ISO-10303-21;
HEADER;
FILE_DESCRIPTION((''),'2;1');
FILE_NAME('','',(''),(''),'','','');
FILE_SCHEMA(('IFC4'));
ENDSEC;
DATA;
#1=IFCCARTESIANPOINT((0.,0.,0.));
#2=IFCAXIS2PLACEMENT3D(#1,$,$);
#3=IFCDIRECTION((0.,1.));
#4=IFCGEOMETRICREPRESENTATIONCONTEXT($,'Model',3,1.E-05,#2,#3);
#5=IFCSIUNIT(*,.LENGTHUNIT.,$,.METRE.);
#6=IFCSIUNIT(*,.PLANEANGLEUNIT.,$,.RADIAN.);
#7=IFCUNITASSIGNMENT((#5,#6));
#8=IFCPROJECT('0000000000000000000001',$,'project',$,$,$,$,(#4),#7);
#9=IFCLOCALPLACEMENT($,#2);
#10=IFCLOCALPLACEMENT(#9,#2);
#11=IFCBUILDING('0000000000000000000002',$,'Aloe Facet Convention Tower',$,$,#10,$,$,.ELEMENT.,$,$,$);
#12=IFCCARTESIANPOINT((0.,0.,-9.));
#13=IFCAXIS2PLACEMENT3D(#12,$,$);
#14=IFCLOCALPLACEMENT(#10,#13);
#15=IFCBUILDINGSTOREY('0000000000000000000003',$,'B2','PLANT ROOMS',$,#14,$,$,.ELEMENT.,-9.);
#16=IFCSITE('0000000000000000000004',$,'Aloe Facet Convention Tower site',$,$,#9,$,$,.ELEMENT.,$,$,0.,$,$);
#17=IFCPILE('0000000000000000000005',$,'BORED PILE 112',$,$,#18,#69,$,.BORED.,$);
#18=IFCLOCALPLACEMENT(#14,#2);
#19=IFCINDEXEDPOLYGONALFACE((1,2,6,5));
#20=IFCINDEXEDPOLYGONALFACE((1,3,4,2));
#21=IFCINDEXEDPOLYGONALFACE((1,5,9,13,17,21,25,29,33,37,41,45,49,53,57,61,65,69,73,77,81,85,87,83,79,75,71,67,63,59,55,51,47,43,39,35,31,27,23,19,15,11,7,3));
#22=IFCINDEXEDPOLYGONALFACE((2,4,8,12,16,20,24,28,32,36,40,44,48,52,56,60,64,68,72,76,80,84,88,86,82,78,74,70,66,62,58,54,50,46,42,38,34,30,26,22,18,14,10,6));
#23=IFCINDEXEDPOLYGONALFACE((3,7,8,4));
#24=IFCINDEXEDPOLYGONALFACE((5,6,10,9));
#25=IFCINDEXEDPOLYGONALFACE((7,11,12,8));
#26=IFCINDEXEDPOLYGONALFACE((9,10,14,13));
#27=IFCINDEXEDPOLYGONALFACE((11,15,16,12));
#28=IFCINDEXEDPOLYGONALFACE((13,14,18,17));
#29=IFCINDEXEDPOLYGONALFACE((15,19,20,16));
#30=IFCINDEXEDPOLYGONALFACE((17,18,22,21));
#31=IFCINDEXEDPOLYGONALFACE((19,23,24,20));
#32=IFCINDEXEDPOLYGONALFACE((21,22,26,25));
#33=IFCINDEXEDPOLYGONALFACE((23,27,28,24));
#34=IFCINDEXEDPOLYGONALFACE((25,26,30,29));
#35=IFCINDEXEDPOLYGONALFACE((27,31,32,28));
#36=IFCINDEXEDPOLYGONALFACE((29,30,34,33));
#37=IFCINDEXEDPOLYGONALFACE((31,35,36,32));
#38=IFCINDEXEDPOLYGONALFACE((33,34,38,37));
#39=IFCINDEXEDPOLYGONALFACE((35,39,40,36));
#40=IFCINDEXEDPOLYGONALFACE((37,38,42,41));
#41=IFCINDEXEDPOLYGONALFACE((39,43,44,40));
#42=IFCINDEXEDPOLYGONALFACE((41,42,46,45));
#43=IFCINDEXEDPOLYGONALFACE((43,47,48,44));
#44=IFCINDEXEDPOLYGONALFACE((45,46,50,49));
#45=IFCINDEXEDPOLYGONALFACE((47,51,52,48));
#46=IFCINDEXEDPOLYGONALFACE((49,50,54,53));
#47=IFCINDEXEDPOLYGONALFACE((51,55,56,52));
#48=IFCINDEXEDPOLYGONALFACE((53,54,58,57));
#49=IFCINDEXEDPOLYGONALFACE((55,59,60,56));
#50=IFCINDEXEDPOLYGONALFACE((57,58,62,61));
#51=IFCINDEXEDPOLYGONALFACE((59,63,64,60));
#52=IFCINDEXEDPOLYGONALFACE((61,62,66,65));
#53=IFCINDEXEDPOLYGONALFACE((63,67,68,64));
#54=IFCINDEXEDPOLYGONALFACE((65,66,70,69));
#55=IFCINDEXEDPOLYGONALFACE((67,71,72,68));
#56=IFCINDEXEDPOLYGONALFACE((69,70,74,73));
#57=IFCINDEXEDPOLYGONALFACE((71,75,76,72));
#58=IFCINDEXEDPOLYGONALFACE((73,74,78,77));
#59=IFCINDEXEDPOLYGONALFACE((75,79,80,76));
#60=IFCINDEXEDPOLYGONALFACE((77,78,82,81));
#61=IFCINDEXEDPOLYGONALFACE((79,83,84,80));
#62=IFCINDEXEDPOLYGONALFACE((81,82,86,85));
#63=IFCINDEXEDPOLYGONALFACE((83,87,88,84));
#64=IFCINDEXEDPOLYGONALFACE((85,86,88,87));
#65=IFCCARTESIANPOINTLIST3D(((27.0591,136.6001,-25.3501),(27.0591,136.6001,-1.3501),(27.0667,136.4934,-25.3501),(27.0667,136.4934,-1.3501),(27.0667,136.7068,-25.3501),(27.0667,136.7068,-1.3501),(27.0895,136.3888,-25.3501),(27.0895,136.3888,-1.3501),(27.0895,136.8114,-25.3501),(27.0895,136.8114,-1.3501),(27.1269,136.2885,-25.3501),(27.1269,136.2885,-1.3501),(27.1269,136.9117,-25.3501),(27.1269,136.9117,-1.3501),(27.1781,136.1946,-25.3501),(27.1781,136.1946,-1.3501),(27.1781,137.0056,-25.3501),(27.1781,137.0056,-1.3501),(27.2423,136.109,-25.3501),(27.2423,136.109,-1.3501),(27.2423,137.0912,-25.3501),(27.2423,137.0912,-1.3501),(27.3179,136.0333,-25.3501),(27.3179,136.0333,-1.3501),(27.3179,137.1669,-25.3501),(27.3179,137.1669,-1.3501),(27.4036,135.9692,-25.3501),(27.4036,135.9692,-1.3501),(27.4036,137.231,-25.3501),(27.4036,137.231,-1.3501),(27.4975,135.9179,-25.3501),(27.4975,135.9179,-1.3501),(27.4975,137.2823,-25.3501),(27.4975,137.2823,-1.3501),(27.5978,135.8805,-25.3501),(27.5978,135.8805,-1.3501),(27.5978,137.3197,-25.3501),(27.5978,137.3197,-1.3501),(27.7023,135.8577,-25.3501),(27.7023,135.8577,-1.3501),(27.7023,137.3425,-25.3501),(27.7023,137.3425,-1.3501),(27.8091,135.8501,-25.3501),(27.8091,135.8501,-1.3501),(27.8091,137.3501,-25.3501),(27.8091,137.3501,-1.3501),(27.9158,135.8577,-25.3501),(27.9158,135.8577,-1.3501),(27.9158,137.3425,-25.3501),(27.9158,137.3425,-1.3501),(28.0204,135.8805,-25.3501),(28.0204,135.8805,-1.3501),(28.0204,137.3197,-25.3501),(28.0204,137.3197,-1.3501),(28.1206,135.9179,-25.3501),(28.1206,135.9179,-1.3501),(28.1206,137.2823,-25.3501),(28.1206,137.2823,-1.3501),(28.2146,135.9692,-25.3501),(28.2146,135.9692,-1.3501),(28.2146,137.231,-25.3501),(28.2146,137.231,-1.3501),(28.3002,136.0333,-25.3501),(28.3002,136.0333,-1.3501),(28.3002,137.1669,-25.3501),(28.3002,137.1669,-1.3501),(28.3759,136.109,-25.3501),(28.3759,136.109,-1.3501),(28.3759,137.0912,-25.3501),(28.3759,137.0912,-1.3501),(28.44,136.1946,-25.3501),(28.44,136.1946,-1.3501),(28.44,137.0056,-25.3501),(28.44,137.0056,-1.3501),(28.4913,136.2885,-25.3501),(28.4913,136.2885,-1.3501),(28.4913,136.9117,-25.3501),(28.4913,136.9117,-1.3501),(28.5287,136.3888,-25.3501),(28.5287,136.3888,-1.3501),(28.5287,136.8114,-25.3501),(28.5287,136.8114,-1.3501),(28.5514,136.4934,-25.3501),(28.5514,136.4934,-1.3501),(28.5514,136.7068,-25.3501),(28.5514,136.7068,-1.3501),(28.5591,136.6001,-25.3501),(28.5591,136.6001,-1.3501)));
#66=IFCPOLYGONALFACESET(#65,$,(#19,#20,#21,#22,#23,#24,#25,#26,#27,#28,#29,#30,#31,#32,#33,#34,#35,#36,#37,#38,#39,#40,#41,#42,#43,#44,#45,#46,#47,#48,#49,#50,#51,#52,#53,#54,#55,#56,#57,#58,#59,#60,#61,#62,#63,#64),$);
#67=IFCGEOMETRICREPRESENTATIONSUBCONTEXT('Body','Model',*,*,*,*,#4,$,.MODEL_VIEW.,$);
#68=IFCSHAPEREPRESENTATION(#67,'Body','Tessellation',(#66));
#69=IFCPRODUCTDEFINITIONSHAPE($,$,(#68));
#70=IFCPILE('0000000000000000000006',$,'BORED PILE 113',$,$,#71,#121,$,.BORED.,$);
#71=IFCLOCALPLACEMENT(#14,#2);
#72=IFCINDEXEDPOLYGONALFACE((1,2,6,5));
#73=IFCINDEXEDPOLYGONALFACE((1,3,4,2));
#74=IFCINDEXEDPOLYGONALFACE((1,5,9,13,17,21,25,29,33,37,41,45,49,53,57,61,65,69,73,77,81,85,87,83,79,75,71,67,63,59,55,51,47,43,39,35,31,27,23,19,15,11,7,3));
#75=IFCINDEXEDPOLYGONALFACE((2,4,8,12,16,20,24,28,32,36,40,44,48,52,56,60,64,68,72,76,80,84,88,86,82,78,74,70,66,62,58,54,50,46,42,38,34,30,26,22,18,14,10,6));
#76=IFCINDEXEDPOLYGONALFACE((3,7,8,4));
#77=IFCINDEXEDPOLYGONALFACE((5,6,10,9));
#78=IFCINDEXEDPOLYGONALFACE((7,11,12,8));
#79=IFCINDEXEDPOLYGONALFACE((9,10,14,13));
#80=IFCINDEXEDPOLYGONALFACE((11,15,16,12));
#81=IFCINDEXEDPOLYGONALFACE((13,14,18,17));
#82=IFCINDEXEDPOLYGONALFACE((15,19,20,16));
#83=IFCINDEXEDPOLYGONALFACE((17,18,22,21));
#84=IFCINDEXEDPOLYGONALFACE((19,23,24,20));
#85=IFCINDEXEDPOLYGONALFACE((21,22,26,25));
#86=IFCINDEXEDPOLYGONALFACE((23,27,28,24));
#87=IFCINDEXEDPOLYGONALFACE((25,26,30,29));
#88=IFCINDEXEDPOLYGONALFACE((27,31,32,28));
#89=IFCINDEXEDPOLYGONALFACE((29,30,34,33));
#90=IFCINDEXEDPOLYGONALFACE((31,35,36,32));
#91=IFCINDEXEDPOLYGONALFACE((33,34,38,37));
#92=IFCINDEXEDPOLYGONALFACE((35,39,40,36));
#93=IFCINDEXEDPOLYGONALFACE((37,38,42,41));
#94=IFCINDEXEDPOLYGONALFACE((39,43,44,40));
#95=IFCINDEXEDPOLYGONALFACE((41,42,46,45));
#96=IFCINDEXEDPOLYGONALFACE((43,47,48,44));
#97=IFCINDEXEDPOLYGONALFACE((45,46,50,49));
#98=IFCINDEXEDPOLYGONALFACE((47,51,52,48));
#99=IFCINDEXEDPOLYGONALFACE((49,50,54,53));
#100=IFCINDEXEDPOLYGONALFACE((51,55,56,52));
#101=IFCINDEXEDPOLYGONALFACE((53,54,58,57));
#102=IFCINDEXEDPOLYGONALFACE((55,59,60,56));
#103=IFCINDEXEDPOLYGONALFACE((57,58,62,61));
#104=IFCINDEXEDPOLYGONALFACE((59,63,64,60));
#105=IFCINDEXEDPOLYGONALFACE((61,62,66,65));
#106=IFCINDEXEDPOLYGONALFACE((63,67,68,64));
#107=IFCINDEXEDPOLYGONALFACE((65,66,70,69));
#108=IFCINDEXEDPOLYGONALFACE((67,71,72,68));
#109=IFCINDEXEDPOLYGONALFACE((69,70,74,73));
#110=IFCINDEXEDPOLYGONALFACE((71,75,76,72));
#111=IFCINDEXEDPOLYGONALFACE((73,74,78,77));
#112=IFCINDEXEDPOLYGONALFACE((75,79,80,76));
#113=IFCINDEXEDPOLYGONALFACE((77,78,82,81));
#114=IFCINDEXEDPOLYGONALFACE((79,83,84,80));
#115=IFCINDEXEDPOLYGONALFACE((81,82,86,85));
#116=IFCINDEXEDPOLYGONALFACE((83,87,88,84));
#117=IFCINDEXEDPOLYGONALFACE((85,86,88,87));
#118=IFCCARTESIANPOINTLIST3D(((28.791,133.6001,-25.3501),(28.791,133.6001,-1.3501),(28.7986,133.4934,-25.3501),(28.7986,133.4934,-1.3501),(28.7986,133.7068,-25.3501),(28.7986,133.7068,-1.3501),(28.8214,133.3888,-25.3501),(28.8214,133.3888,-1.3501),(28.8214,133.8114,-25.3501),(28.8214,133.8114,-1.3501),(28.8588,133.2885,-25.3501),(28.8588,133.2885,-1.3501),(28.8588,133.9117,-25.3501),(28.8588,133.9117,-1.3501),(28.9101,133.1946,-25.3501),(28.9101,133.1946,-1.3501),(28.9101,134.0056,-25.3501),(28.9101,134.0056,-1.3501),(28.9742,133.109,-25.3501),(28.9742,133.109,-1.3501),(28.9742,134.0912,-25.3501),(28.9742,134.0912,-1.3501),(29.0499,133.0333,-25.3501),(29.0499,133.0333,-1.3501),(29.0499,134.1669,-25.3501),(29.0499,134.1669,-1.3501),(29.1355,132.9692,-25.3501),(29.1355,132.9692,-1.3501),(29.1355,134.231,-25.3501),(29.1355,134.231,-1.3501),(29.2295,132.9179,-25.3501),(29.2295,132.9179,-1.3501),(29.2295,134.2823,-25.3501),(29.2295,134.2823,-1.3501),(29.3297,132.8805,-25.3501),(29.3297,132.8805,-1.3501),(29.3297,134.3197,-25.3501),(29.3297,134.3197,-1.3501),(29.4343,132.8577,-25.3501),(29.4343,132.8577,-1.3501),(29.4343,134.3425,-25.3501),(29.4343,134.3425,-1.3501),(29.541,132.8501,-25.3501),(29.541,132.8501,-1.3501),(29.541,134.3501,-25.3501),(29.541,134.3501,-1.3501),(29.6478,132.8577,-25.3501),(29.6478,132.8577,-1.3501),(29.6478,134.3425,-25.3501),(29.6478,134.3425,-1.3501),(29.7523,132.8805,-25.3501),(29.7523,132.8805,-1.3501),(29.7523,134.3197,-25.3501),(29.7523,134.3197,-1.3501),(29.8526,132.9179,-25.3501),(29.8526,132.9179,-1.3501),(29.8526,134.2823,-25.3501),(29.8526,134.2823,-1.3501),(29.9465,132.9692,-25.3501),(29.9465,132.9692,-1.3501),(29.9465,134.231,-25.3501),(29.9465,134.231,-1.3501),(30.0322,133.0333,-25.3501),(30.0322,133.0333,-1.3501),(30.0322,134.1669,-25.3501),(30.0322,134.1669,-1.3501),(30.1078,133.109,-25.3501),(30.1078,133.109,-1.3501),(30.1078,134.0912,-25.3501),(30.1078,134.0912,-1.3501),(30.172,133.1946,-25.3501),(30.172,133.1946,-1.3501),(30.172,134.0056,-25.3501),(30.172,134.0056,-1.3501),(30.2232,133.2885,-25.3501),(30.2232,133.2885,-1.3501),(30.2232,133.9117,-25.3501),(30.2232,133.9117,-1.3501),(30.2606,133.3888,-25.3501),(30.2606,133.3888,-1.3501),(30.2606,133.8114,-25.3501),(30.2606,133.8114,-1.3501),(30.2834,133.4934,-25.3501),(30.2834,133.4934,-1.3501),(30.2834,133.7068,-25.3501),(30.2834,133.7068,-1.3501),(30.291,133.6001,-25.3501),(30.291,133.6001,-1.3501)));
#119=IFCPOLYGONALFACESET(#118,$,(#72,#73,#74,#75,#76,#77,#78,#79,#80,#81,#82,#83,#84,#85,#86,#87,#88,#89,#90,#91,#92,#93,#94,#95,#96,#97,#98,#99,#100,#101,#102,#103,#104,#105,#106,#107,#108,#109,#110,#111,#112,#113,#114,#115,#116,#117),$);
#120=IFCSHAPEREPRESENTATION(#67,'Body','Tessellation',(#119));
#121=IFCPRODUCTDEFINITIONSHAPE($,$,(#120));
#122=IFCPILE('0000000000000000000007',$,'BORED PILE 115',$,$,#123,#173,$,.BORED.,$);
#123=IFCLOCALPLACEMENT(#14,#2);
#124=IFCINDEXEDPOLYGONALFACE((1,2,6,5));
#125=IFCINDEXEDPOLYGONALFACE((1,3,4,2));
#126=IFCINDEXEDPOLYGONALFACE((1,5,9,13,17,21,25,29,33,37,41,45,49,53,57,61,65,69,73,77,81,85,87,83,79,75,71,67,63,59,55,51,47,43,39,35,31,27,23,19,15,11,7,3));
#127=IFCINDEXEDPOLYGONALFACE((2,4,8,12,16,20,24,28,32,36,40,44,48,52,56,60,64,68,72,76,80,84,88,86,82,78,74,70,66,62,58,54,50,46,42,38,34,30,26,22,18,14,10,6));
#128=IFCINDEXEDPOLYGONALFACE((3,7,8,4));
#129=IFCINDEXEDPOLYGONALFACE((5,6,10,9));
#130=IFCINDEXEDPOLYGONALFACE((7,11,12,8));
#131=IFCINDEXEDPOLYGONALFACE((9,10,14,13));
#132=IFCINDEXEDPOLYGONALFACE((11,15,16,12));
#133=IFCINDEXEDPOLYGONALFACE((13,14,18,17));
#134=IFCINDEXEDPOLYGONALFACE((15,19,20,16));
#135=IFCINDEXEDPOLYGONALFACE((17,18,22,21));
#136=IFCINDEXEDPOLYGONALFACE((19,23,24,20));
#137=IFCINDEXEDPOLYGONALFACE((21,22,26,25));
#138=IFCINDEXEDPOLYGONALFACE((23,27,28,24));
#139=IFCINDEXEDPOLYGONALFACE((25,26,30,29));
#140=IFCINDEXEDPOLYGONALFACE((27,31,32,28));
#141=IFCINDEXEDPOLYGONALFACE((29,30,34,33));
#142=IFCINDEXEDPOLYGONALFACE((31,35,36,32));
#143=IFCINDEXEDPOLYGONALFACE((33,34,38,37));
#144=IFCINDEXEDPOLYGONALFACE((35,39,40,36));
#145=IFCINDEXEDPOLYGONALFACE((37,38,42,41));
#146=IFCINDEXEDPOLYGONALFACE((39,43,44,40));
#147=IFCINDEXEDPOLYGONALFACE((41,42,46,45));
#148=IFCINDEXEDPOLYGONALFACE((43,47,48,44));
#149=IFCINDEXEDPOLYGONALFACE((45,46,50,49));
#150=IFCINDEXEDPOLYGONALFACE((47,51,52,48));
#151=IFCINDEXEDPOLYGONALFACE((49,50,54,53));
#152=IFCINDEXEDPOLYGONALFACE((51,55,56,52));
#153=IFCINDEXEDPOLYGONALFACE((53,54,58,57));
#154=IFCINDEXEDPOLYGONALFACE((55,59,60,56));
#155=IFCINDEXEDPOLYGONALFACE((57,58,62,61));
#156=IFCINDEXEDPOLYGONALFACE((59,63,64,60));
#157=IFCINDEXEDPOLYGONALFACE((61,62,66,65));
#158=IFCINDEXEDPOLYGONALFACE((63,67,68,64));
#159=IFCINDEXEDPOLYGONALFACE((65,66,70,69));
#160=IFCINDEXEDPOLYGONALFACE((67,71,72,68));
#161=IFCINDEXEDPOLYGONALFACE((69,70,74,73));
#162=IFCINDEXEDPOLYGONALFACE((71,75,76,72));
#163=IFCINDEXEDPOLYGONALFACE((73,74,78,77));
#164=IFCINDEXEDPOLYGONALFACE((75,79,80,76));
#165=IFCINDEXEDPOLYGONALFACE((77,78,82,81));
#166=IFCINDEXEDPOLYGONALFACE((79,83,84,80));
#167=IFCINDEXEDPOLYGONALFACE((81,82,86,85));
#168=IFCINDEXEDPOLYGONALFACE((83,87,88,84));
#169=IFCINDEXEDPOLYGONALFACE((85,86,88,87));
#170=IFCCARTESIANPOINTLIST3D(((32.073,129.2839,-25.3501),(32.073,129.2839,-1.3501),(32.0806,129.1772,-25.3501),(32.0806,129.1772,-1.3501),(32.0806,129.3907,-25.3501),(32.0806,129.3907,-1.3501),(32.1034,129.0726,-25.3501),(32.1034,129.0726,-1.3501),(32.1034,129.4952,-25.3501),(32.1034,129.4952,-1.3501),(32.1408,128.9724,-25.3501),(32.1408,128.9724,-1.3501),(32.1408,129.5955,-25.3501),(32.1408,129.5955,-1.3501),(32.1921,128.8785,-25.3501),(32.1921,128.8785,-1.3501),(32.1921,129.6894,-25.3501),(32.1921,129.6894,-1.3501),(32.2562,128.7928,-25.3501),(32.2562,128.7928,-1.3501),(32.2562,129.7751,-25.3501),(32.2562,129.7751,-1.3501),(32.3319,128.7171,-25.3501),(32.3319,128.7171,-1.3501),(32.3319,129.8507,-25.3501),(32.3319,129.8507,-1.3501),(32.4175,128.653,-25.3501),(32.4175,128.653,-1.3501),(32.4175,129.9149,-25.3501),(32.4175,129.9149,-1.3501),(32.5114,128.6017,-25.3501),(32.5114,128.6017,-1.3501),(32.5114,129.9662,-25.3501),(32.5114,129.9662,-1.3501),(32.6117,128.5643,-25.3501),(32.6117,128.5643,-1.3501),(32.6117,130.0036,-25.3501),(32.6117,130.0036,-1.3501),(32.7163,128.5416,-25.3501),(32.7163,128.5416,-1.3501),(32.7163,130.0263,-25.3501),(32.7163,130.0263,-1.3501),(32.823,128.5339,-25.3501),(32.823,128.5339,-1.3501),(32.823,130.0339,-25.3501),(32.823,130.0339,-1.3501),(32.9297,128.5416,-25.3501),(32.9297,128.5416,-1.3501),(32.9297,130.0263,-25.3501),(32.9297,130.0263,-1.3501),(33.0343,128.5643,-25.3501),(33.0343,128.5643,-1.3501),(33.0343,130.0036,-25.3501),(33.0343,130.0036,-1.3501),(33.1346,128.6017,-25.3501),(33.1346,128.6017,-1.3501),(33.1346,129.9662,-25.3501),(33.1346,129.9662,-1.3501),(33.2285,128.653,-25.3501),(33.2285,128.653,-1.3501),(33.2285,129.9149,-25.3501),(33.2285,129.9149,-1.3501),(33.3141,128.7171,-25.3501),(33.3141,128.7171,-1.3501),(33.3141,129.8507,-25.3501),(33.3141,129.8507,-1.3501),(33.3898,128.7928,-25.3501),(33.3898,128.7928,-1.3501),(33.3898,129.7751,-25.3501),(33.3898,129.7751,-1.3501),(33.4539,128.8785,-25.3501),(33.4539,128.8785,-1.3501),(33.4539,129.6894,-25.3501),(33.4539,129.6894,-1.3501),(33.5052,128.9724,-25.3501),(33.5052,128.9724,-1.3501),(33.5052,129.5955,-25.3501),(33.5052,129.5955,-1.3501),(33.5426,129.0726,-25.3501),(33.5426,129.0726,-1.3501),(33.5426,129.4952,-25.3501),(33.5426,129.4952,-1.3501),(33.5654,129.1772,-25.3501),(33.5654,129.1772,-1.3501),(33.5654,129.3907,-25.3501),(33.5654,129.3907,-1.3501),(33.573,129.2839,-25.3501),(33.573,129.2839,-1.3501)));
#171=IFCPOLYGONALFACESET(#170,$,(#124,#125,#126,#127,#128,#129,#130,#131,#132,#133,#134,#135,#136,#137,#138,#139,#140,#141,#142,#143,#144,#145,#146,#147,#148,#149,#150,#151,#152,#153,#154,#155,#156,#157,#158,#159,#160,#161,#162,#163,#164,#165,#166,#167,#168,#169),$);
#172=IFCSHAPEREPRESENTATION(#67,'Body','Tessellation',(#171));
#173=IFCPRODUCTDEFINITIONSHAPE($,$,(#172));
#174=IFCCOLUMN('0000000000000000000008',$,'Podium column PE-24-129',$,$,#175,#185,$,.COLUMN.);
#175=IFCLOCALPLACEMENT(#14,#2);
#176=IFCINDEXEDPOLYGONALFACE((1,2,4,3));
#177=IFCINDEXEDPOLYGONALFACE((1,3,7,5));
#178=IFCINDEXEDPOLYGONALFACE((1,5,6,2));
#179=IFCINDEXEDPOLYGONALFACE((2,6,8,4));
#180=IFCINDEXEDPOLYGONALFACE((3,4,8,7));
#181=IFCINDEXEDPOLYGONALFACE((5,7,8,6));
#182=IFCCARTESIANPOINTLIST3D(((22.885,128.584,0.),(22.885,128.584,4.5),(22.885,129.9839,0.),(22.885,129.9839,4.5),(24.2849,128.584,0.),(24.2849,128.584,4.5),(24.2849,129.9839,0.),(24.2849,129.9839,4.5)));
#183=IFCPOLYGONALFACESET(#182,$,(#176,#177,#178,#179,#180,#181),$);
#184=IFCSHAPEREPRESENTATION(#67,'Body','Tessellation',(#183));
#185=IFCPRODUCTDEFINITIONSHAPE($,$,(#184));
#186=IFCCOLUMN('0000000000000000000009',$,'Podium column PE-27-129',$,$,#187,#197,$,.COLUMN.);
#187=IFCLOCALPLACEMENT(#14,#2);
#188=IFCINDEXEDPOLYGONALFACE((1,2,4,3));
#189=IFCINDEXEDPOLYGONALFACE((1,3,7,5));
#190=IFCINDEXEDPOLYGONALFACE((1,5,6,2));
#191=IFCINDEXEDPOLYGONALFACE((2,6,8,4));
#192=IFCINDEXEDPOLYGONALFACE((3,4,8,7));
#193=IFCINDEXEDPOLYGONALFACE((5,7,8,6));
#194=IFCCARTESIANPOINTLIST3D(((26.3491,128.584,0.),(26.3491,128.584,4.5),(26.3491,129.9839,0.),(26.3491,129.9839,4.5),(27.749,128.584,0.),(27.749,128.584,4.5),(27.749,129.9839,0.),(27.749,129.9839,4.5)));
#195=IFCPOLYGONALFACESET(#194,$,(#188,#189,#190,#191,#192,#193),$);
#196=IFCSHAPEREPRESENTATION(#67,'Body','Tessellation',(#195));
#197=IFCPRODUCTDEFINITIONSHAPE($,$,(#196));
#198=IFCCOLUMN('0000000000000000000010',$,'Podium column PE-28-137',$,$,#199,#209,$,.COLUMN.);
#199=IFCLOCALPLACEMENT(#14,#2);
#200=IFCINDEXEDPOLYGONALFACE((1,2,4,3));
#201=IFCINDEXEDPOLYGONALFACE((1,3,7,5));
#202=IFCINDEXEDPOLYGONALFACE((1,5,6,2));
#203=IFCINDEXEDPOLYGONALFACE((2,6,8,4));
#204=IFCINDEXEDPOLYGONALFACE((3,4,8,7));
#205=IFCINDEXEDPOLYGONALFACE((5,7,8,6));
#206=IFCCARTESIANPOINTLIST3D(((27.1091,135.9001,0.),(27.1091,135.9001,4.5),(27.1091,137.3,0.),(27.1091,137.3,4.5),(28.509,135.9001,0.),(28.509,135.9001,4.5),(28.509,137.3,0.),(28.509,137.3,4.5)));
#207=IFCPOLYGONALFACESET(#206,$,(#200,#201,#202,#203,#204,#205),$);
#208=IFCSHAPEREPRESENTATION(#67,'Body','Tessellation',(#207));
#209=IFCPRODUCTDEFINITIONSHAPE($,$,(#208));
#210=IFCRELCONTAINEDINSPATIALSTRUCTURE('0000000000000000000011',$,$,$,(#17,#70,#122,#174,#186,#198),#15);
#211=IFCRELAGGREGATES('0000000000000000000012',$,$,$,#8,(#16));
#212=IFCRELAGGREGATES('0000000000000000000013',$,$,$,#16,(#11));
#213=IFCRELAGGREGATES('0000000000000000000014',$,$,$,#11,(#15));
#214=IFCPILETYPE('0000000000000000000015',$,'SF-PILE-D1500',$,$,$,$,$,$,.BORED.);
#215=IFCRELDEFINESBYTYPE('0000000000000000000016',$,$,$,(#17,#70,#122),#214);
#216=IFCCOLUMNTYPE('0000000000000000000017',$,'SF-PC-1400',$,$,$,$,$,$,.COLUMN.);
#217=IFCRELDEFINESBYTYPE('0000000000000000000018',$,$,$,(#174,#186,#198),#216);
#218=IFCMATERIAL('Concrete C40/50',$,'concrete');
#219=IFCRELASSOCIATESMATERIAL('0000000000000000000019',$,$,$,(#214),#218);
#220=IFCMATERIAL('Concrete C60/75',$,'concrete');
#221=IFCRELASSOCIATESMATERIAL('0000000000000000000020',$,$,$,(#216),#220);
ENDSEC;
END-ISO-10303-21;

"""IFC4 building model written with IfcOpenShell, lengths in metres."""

from ifc_helpers import new_model, si_unit, direction, frame, origin, origin_2d, place, context, subcontext, project, spatial, rectangle, circle, extrude, material, material_profile, profile_set, type_object, element, save


model = new_model("IFC4")

# Units and contexts
model_context = context("Model", 3, precision=1e-05, world=origin(), true_north=direction((0.0, 1.0)))
body_context = subcontext(model_context, "Body", "Model", "MODEL_VIEW")
ifc_project = project(units=[si_unit("LENGTHUNIT", "METRE"), si_unit("PLANEANGLEUNIT", "RADIAN")], contexts=[model_context])

# Site, building, storey
site_placement = place(None, origin())
site = spatial("IfcSite", under=ifc_project, at=site_placement, Name="Aloe Facet Convention Tower site", CompositionType="ELEMENT", RefElevation=0.0)
building_placement = place(site_placement, origin())
building = spatial("IfcBuilding", under=site, at=building_placement, Name="Aloe Facet Convention Tower", CompositionType="ELEMENT")
storey_placement = place(building_placement, frame((0.0, 0.0, -9.0)))
storey = spatial("IfcBuildingStorey", under=building, at=storey_placement, Name="B2", Description="PLANT ROOMS", CompositionType="ELEMENT", Elevation=-9.0)

# Piles
ifc_material_1 = material(Name="Concrete C40/50", Category="concrete")
ifc_material_profile_1 = material_profile(ifc_material_1, circle(Radius=0.75, at=origin_2d()), Name="D1500")
ifc_profile_set_1 = profile_set([ifc_material_profile_1], Name="Concrete C40/50")
pile_type = type_object("IfcPileType", Name="SF-PILE-D1500", PredefinedType="BORED", material=ifc_profile_set_1)
for number, where, z_axis, x_axis, name in (
    (1, (27.8091, 136.6001, -1.3501), (0.0, 0.0, -1.0), (1.0, 0.0, 0.0), "BORED PILE 112"),
    (2, (29.541, 133.6001, -1.3501), (0.0, 0.0, -1.0), (1.0, 0.0, 0.0), "BORED PILE 113"),
    (3, (32.823, 129.2839, -1.3501), (0.0, 0.0, -1.0), (1.0, 0.0, 0.0), "BORED PILE 115"),
):
    element("IfcPile", number, at=place(storey_placement, frame(where, z_axis=z_axis, x_axis=x_axis)), inside=storey, type_object=pile_type, Name=name, PredefinedType="BORED", context=body_context, shape_type="SweptSolid", body=[
        extrude(circle(Radius=0.75, at=origin_2d()), origin(), (0.0, 0.0, 1.0), 24.0),
    ])

# Columns
ifc_material_2 = material(Name="Concrete C60/75", Category="concrete")
ifc_material_profile_2 = material_profile(ifc_material_2, rectangle(XDim=1.3999, YDim=1.3999, at=origin_2d()), Name="SF-PC-1400")
ifc_profile_set_2 = profile_set([ifc_material_profile_2], Name="Concrete C60/75")
column_type = type_object("IfcColumnType", Name="SF-PC-1400", PredefinedType="COLUMN", material=ifc_profile_set_2)
for number, where, z_axis, x_axis, name in (
    (4, (23.585, 129.2839, 0.0), (0.0, 0.0, 1.0), (1.0, 0.0, 0.0), "Podium column PE-24-129"),
    (5, (27.0491, 129.2839, 0.0), (0.0, 0.0, 1.0), (1.0, 0.0, 0.0), "Podium column PE-27-129"),
    (6, (27.8091, 136.6001, 0.0), (0.0, 0.0, 1.0), (1.0, 0.0, 0.0), "Podium column PE-28-137"),
):
    element("IfcColumn", number, at=place(storey_placement, frame(where, z_axis=z_axis, x_axis=x_axis)), inside=storey, type_object=column_type, Name=name, PredefinedType="COLUMN", context=body_context, shape_type="SweptSolid", body=[
        extrude(rectangle(XDim=1.3999, YDim=1.3999, at=origin_2d()), origin(), (0.0, 0.0, 1.0), 4.5),
    ])

save(model, "model.ifc")
